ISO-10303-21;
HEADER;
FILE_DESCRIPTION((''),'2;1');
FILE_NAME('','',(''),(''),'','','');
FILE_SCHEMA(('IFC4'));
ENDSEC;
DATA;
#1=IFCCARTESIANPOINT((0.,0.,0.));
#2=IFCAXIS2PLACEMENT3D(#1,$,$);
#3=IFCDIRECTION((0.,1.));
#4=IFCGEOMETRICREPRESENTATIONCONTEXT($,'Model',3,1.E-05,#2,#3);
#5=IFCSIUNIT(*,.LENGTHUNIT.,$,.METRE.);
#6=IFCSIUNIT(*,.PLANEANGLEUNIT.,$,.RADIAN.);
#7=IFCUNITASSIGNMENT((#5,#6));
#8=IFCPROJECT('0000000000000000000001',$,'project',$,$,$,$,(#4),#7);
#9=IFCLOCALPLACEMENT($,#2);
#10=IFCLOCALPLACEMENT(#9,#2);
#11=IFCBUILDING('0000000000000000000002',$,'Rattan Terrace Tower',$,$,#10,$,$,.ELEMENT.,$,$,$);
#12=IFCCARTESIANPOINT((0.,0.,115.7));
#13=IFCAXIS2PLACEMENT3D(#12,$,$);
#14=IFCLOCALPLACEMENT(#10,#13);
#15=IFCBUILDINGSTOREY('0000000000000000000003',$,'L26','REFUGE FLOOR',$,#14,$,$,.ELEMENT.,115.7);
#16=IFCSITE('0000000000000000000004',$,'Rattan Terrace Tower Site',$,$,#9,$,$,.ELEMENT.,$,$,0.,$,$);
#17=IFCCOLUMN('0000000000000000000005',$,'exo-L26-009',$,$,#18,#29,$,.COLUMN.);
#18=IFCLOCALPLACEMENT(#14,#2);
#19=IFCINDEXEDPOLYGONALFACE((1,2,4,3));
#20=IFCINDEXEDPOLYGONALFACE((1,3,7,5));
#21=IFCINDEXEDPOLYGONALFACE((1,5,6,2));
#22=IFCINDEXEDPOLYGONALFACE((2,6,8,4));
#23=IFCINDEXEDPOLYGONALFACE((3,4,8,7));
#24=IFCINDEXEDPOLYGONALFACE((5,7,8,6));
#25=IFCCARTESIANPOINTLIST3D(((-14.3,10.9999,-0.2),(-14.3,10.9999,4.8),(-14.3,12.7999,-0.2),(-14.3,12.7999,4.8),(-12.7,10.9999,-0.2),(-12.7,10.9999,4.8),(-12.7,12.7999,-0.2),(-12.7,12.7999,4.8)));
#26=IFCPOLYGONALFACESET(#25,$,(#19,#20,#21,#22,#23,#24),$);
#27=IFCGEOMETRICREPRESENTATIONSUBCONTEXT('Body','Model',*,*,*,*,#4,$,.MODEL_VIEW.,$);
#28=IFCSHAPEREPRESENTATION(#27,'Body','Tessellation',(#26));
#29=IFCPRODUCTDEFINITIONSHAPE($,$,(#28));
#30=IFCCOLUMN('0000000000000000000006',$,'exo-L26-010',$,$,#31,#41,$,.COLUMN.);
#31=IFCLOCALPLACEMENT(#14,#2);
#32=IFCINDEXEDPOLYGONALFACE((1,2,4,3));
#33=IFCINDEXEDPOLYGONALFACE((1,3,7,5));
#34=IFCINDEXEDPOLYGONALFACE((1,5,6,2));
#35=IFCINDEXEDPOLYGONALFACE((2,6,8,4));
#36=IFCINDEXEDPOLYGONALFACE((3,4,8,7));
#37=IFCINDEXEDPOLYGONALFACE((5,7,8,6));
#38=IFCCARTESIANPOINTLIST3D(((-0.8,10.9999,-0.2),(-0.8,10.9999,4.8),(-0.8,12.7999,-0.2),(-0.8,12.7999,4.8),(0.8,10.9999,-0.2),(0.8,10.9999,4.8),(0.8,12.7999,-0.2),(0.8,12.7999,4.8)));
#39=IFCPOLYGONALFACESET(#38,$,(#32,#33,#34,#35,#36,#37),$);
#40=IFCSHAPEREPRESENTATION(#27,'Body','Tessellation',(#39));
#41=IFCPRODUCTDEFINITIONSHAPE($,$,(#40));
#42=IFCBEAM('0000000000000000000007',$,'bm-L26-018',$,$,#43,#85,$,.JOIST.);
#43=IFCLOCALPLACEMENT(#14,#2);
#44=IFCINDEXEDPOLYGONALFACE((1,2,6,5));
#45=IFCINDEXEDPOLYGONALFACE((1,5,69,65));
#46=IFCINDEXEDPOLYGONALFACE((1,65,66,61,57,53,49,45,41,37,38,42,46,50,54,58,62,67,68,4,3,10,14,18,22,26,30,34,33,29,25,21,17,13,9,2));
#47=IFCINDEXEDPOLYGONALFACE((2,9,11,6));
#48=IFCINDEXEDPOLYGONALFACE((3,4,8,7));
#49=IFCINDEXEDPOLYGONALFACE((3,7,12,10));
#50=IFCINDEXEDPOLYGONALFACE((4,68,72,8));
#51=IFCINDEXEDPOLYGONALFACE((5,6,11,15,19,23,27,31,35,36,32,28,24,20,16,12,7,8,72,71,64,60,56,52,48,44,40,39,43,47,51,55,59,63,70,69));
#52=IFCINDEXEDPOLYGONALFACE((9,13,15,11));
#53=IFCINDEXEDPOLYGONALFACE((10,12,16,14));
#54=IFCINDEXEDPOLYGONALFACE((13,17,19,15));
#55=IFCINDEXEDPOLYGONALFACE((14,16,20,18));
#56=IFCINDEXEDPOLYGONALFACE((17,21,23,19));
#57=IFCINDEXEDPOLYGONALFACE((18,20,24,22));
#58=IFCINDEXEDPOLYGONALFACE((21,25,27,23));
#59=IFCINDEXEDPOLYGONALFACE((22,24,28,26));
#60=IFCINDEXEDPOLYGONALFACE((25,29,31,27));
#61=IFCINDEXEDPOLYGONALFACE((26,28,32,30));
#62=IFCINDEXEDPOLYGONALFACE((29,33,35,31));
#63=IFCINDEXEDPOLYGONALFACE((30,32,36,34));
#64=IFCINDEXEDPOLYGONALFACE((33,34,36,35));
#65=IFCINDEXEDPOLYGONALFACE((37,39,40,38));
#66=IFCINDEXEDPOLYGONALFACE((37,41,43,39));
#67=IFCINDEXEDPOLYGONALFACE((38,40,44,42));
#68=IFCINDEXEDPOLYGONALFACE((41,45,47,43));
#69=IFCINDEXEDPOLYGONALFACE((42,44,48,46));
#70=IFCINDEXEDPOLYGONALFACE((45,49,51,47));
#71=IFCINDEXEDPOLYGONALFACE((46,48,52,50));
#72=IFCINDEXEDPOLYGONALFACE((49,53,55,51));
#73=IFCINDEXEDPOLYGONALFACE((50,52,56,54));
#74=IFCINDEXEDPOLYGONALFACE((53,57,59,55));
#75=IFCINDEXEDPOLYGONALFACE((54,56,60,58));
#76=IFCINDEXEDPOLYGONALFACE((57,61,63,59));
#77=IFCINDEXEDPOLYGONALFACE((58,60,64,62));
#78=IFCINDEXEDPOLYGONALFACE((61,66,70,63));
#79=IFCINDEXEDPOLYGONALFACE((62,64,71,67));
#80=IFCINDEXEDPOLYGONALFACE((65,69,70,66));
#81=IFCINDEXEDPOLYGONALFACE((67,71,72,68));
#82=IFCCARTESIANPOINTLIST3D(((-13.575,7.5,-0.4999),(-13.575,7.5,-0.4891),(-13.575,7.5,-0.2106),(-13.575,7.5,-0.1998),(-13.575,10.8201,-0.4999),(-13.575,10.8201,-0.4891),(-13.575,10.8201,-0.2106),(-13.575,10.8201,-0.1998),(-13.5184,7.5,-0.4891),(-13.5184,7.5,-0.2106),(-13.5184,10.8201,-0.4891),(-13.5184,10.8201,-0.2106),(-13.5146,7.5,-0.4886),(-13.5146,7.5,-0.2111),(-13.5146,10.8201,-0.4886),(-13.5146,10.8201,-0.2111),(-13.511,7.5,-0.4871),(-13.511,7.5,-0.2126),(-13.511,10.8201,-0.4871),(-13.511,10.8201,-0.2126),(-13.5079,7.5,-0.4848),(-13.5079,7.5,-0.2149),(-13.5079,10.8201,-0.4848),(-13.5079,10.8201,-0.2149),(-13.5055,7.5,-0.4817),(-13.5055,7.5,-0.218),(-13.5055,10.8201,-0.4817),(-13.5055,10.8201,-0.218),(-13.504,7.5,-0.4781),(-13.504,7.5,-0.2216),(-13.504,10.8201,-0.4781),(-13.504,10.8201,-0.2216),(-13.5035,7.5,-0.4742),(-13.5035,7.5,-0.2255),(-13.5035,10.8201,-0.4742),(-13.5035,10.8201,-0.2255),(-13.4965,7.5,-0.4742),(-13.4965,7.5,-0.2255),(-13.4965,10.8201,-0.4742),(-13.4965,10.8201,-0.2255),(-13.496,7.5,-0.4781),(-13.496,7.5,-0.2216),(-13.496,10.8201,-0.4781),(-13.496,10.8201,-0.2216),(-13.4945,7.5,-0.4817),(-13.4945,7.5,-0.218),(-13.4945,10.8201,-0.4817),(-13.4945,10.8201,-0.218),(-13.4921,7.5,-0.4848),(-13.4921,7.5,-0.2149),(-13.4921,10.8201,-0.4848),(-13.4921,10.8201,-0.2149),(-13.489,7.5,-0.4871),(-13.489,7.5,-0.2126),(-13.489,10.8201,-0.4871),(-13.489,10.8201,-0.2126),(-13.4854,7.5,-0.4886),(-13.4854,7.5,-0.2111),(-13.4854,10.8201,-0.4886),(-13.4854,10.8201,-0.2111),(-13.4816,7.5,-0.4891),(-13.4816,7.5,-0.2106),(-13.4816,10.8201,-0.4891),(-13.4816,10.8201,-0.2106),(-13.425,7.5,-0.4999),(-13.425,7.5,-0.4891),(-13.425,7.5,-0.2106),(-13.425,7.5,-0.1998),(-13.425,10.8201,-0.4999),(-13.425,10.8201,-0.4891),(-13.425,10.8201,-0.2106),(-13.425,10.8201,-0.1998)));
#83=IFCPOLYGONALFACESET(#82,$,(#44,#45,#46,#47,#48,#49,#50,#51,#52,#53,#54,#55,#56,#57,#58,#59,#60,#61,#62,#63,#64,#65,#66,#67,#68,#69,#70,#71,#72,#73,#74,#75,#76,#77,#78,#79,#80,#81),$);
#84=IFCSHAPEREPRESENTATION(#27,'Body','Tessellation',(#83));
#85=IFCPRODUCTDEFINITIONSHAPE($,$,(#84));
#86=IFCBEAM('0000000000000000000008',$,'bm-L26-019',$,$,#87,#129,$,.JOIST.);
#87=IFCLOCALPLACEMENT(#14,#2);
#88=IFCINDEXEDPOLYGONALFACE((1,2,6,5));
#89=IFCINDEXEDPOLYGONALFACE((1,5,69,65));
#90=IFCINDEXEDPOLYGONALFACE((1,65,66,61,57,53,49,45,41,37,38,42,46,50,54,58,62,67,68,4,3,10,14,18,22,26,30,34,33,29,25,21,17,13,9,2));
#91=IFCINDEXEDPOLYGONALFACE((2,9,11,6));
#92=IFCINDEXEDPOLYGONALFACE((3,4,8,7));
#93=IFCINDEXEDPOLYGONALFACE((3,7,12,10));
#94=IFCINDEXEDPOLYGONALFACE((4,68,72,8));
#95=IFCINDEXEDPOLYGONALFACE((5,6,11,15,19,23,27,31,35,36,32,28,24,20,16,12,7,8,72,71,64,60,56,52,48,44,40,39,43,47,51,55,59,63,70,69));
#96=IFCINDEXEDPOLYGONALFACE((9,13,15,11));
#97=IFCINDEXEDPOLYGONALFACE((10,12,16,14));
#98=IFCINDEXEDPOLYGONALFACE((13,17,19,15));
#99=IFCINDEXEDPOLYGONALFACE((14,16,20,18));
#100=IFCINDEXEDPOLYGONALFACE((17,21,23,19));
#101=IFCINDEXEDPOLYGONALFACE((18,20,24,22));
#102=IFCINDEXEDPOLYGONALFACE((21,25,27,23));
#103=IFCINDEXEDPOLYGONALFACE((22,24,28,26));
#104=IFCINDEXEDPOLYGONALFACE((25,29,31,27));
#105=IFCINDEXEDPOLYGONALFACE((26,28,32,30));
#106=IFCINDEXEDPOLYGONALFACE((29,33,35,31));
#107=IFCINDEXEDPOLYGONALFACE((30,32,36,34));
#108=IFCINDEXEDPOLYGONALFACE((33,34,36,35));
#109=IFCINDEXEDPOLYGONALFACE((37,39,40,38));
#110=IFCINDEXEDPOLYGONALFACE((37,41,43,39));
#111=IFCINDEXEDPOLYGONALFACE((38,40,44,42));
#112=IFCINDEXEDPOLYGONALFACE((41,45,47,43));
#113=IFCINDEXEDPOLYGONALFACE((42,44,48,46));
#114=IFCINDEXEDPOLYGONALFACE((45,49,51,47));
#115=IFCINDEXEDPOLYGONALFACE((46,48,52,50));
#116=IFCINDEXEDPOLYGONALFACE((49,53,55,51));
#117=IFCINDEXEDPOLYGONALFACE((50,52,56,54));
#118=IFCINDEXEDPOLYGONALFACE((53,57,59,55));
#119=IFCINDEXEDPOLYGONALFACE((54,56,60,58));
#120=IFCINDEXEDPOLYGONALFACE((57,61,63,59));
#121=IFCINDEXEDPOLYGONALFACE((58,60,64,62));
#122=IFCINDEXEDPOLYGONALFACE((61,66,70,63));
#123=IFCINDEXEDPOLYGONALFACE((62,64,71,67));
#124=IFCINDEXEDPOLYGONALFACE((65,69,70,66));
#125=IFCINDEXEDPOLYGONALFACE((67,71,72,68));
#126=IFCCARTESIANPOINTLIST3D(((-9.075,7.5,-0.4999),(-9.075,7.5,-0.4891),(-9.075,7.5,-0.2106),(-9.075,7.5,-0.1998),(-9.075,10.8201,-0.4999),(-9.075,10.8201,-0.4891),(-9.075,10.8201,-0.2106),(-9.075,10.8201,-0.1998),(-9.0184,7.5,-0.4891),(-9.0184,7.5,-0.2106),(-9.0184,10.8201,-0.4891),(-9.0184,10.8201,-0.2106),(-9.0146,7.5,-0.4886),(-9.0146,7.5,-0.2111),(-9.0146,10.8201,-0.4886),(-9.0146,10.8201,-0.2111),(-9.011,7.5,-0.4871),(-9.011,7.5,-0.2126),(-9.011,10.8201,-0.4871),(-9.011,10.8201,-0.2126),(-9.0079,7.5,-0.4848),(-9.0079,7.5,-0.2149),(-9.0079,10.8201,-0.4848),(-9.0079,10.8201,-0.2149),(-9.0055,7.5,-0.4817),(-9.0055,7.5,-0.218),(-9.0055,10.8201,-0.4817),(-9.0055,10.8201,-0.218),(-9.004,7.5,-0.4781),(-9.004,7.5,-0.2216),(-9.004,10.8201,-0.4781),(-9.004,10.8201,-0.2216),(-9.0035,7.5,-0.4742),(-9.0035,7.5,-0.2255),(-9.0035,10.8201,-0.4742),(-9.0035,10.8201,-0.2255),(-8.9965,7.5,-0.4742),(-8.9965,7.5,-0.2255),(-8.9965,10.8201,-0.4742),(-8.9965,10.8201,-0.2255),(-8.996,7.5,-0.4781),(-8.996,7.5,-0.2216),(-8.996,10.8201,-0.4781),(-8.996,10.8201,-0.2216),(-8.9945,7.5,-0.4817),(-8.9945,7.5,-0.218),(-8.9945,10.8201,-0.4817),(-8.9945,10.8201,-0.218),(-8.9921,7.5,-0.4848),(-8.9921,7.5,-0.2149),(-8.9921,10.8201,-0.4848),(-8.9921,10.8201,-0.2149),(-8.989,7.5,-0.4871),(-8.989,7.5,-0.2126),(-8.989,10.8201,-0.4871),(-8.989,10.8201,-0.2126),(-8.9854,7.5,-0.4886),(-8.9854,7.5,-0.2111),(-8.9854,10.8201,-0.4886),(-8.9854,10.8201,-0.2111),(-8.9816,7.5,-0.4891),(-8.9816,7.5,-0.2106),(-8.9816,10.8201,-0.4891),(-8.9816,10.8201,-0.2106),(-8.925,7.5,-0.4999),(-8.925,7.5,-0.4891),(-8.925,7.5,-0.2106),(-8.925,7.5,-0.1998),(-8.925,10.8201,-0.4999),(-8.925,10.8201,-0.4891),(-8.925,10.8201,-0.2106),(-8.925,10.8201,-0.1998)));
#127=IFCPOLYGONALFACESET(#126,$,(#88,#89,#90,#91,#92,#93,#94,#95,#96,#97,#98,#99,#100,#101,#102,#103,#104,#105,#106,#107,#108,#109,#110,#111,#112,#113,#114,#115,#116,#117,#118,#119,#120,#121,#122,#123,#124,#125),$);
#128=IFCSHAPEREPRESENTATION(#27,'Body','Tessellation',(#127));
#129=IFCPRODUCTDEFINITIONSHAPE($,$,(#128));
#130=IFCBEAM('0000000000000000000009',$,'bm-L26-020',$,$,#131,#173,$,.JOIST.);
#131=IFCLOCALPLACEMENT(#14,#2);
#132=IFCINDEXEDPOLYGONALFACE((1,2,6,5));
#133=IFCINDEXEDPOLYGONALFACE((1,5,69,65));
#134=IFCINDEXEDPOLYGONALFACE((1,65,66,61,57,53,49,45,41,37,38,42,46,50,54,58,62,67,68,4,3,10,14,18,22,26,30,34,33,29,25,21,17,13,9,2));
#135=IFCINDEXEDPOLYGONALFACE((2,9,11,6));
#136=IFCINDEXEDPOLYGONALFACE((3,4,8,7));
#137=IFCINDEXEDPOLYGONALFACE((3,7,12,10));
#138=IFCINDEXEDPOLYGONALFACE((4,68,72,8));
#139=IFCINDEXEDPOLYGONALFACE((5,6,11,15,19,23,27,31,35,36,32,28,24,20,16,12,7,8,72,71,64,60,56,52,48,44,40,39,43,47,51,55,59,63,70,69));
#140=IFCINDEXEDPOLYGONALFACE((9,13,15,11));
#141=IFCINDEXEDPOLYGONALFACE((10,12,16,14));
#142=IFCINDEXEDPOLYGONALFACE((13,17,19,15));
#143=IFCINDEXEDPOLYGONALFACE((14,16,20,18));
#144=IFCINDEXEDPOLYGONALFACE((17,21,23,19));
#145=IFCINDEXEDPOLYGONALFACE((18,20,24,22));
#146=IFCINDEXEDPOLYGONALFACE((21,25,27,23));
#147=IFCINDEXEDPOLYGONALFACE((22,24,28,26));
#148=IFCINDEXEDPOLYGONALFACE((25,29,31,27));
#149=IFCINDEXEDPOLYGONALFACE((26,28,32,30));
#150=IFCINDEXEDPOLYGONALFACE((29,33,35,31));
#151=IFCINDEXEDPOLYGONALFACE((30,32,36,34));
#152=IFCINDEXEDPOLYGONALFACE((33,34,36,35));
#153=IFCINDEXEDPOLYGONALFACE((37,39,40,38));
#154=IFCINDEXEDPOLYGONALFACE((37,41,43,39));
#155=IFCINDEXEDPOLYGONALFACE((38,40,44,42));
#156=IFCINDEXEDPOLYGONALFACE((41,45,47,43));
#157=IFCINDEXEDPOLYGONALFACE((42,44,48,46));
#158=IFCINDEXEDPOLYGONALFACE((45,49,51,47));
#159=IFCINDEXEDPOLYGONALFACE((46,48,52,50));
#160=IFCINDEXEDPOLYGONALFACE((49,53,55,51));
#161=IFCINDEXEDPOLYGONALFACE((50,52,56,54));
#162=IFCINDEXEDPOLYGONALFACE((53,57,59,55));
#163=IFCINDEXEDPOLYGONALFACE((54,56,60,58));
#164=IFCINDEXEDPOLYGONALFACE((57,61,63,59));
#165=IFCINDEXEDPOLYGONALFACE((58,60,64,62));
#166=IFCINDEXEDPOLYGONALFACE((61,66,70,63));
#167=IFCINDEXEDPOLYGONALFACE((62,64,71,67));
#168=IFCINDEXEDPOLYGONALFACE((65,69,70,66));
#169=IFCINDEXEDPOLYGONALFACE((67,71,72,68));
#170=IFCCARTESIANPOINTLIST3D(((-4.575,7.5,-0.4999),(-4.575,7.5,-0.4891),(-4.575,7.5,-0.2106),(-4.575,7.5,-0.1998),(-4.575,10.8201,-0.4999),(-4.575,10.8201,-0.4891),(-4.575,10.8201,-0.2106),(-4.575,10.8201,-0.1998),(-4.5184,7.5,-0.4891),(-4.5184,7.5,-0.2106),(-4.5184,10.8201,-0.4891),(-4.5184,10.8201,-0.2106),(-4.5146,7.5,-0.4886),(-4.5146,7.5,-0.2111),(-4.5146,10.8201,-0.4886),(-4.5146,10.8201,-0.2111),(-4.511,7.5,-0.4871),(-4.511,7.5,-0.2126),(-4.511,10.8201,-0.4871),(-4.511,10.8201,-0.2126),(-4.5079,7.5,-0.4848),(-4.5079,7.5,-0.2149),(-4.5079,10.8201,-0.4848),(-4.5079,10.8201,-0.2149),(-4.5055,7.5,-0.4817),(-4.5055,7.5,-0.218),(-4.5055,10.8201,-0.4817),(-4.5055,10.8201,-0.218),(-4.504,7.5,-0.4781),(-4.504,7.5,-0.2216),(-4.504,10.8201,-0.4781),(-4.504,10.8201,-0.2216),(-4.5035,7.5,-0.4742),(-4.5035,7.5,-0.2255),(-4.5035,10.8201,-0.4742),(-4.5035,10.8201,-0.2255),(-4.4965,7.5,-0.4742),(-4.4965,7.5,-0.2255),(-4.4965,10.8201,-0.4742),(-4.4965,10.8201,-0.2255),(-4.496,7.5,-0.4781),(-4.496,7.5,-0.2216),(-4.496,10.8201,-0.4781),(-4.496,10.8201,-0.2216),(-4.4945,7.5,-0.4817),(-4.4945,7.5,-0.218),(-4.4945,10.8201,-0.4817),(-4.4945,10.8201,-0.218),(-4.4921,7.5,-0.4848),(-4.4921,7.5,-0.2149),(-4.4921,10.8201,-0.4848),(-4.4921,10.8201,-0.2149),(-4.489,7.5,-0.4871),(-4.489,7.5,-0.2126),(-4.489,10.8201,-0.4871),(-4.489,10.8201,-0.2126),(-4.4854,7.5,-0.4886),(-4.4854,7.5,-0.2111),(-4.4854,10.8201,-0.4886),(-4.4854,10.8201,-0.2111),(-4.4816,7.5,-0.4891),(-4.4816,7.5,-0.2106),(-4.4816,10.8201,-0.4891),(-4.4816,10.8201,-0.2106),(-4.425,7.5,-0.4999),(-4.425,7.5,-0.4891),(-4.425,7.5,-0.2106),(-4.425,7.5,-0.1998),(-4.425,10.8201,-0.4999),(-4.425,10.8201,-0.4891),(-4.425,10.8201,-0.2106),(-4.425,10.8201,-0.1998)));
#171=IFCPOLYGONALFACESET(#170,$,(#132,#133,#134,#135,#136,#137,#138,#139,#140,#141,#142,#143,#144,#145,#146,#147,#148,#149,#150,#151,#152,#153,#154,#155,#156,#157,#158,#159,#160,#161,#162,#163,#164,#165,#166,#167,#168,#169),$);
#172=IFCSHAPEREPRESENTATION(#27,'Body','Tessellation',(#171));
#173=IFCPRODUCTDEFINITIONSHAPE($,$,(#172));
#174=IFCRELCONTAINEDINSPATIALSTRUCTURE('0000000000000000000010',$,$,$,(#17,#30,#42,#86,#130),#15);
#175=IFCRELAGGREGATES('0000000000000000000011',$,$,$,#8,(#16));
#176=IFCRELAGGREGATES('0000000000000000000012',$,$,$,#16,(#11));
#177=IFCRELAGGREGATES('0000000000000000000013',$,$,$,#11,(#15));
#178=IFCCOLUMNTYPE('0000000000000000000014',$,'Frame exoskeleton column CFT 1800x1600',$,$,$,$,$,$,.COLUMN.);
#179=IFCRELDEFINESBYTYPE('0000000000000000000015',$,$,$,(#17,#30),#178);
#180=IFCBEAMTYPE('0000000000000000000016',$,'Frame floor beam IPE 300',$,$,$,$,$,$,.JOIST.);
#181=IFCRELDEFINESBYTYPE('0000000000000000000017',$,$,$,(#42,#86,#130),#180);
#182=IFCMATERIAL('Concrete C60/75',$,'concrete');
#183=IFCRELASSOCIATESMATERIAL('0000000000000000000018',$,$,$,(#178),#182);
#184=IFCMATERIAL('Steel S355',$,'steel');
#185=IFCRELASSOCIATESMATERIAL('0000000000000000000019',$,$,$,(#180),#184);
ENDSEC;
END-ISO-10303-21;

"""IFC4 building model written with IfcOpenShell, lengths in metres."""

from ifc_helpers import new_model, si_unit, direction, frame, origin, origin_2d, place, context, subcontext, project, spatial, rectangle, i_section, extrude, material, material_profile, profile_set, type_object, element, save


model = new_model("IFC4")

# Units and contexts
model_context = context("Model", 3, precision=1e-05, world=origin(), true_north=direction((0.0, 1.0)))
body_context = subcontext(model_context, "Body", "Model", "MODEL_VIEW")
ifc_project = project(units=[si_unit("LENGTHUNIT", "METRE"), si_unit("PLANEANGLEUNIT", "RADIAN")], contexts=[model_context])

# Site, building, storey
site_placement = place(None, origin())
site = spatial("IfcSite", under=ifc_project, at=site_placement, Name="Rattan Terrace Tower Site", CompositionType="ELEMENT", RefElevation=0.0)
building_placement = place(site_placement, origin())
building = spatial("IfcBuilding", under=site, at=building_placement, Name="Rattan Terrace Tower", CompositionType="ELEMENT")
storey_placement = place(building_placement, frame((0.0, 0.0, 115.7)))
storey = spatial("IfcBuildingStorey", under=building, at=storey_placement, Name="L26", Description="REFUGE FLOOR", CompositionType="ELEMENT", Elevation=115.7)

# Columns
ifc_material_1 = material(Name="Concrete C60/75", Category="concrete")
ifc_material_profile_1 = material_profile(ifc_material_1, rectangle(XDim=1.6001, YDim=1.8, at=origin_2d()), Name="CFT 1800x1600")
ifc_profile_set_1 = profile_set([ifc_material_profile_1], Name="Concrete C60/75")
column_type = type_object("IfcColumnType", Name="Frame exoskeleton column CFT 1800x1600", PredefinedType="COLUMN", material=ifc_profile_set_1)
for number, where, z_axis, x_axis, name in (
    (1, (-13.5, 11.8999, -0.2), (0.0, 0.0, 1.0), (1.0, 0.0, 0.0), "exo-L26-009"),
    (2, (0.0, 11.8999, -0.2), (0.0, 0.0, 1.0), (1.0, 0.0, 0.0), "exo-L26-010"),
):
    element("IfcColumn", number, at=place(storey_placement, frame(where, z_axis=z_axis, x_axis=x_axis)), inside=storey, type_object=column_type, Name=name, PredefinedType="COLUMN", context=body_context, shape_type="SweptSolid", body=[
        extrude(rectangle(XDim=1.6001, YDim=1.8, at=origin_2d()), origin(), (0.0, 0.0, 1.0), 5.0),
    ])

# Beams
ifc_material_2 = material(Name="Steel S355", Category="steel")
ifc_material_profile_2 = material_profile(ifc_material_2, i_section(OverallWidth=0.1499, OverallDepth=0.3, WebThickness=0.0071, FlangeThickness=0.0107, FilletRadius=0.0149, at=origin_2d()), Name="IPE 300")
ifc_profile_set_2 = profile_set([ifc_material_profile_2], Name="Steel S355")
beam_type_1 = type_object("IfcBeamType", Name="Frame floor beam IPE 300", PredefinedType="JOIST", material=ifc_profile_set_2)
for number, where, z_axis, x_axis, name in (
    (3, (-13.5, 7.5, -0.3499), (0.0, 1.0, 0.0), (-1.0, 0.0, 0.0), "bm-L26-018"),
    (4, (-9.0, 7.5, -0.3499), (0.0, 1.0, 0.0), (-1.0, 0.0, 0.0), "bm-L26-019"),
    (5, (-4.5, 7.5, -0.3499), (0.0, 1.0, 0.0), (-1.0, 0.0, 0.0), "bm-L26-020"),
):
    element("IfcBeam", number, at=place(storey_placement, frame(where, z_axis=z_axis, x_axis=x_axis)), inside=storey, type_object=beam_type_1, Name=name, PredefinedType="JOIST", context=body_context, shape_type="SweptSolid", body=[
        extrude(i_section(OverallWidth=0.1499, OverallDepth=0.3, WebThickness=0.0071, FlangeThickness=0.0107, FilletRadius=0.0149, at=origin_2d()), origin(), (0.0, 0.0, 1.0), 3.3201),
    ])

save(model, "model.ifc")
